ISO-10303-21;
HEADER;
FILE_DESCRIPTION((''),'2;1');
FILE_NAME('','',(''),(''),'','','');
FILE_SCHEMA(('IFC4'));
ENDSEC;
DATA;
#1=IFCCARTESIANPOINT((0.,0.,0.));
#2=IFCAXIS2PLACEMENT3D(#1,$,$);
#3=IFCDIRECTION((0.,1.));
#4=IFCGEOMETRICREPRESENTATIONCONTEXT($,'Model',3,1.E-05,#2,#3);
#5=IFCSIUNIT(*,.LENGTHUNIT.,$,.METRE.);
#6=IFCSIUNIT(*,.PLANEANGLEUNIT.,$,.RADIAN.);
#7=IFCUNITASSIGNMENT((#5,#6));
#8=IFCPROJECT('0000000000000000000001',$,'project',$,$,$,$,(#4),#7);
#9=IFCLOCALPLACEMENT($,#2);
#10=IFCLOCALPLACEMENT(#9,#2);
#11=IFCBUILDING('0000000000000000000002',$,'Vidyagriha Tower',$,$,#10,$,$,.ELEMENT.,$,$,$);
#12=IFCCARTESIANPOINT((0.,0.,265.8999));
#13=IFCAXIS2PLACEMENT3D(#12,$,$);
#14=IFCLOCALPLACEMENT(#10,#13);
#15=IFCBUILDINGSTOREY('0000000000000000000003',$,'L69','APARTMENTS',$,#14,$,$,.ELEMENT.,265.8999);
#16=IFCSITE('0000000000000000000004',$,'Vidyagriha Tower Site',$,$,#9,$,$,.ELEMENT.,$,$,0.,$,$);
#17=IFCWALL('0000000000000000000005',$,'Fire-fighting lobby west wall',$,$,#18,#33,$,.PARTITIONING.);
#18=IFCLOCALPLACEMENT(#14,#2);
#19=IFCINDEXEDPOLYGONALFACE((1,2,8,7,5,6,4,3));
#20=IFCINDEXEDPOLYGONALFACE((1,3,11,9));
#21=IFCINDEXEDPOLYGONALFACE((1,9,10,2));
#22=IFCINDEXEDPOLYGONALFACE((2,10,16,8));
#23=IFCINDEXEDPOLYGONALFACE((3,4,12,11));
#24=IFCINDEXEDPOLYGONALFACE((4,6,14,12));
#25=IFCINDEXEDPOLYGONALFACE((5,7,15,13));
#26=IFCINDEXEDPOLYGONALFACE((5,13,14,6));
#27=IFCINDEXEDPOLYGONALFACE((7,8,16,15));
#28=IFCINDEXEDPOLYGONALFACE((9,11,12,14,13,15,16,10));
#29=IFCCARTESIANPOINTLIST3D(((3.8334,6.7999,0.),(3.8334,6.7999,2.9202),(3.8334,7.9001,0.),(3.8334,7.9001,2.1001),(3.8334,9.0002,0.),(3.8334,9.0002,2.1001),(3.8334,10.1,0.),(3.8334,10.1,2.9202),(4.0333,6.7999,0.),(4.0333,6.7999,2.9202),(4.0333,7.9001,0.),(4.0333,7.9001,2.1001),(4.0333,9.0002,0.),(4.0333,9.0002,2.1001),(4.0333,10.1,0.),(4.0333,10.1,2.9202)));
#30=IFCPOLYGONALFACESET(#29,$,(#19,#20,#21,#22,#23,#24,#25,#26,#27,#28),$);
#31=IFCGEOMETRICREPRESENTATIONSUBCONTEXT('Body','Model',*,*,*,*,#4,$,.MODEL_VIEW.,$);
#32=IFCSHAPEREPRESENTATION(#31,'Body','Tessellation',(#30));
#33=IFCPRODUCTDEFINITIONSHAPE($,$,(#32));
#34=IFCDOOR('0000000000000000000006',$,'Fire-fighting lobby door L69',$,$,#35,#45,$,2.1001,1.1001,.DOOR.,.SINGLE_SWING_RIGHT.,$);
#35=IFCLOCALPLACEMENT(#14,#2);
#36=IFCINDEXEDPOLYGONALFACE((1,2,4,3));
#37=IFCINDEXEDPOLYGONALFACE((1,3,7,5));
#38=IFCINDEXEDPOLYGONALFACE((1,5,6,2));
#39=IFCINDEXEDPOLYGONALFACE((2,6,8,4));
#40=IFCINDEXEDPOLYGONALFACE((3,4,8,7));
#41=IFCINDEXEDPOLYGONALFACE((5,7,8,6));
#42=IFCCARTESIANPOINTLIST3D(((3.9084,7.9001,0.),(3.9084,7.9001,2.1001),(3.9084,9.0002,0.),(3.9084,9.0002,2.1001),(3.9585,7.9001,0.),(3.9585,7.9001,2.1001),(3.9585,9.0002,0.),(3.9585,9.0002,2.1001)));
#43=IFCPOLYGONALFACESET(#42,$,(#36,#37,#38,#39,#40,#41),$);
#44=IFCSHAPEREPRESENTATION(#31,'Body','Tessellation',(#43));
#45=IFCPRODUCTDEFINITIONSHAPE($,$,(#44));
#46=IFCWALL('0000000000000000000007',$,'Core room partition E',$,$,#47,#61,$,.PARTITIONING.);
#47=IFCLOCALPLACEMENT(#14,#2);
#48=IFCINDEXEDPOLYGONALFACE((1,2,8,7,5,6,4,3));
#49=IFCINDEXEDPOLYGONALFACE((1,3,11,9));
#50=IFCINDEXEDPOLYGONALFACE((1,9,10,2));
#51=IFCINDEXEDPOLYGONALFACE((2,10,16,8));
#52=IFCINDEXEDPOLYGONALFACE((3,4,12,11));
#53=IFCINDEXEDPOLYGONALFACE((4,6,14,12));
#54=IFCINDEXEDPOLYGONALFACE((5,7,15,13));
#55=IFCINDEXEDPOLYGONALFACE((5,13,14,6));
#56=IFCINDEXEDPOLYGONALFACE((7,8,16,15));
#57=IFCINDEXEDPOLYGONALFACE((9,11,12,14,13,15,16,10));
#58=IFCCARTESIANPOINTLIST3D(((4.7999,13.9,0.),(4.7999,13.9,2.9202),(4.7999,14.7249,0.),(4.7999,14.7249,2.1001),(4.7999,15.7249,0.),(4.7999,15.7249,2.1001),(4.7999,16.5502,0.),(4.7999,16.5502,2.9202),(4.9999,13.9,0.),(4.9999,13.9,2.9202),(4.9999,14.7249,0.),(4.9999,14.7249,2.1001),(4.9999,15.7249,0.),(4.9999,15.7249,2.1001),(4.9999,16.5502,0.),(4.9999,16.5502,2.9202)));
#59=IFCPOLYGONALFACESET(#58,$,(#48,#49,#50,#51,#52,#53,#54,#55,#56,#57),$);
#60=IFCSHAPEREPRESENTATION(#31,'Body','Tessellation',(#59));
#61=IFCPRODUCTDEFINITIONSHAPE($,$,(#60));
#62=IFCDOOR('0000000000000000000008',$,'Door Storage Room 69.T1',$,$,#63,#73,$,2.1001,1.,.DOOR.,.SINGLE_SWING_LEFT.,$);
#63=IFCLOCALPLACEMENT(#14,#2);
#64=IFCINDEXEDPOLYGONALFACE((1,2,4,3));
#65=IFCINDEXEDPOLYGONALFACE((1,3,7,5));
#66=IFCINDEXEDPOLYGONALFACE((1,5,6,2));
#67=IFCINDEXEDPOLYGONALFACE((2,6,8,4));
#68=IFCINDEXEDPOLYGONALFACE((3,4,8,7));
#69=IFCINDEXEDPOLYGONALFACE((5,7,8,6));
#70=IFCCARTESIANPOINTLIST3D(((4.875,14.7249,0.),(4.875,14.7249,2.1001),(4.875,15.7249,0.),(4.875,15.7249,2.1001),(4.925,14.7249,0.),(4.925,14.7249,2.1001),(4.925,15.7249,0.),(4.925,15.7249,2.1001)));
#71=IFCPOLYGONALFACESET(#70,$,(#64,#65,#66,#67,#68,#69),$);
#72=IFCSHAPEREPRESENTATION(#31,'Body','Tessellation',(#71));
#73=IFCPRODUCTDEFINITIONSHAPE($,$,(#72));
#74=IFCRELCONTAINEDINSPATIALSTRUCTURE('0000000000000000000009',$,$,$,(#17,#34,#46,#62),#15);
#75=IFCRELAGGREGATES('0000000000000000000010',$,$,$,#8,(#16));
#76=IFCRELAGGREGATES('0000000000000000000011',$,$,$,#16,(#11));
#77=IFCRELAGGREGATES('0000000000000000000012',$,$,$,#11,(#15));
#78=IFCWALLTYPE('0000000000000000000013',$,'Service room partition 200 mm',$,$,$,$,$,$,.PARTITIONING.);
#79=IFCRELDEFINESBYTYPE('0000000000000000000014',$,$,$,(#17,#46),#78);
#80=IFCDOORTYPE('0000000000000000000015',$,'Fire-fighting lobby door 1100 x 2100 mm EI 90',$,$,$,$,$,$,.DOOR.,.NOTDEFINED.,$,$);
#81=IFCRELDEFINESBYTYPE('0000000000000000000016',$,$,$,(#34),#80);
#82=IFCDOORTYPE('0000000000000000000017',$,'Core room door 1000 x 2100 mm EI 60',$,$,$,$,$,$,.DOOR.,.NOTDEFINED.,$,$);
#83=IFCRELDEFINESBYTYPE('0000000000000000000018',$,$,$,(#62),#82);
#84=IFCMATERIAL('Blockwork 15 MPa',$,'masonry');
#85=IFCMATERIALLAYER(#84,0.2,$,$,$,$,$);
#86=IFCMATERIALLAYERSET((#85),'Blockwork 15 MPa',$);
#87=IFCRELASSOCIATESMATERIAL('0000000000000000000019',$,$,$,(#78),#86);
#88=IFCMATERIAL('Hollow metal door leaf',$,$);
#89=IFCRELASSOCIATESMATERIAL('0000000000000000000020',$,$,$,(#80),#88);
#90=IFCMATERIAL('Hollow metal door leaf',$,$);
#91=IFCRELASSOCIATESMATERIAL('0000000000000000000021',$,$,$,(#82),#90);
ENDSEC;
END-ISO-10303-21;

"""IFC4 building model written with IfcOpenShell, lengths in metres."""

from ifc_helpers import new_model, si_unit, direction, frame, frame_2d, origin, place, context, subcontext, project, spatial, rectangle, extrude, material, layer, layer_set, type_object, element, fill, save


model = new_model("IFC4")

# Units and contexts
model_context = context("Model", 3, precision=1e-05, world=origin(), true_north=direction((0.0, 1.0)))
body_context = subcontext(model_context, "Body", "Model", "MODEL_VIEW")
ifc_project = project(units=[si_unit("LENGTHUNIT", "METRE"), si_unit("PLANEANGLEUNIT", "RADIAN")], contexts=[model_context])

# Site, building, storey
site_placement = place(None, origin())
site = spatial("IfcSite", under=ifc_project, at=site_placement, Name="Vidyagriha Tower Site", CompositionType="ELEMENT", RefElevation=0.0)
building_placement = place(site_placement, origin())
building = spatial("IfcBuilding", under=site, at=building_placement, Name="Vidyagriha Tower", CompositionType="ELEMENT")
storey_placement = place(building_placement, frame((0.0, 0.0, 265.8999)))
storey = spatial("IfcBuildingStorey", under=building, at=storey_placement, Name="L69", Description="APARTMENTS", CompositionType="ELEMENT", Elevation=265.8999)

# Walls, openings, doors
ifc_material_1 = material(Name="Blockwork 15 MPa", Category="masonry")
ifc_layer_1 = layer(ifc_material_1, 0.2)
ifc_layer_set_1 = layer_set([ifc_layer_1], Name="Blockwork 15 MPa")
wall_type_1 = type_object("IfcWallType", Name="Service room partition 200 mm", PredefinedType="PARTITIONING", material=ifc_layer_set_1)
wall_1_placement = place(storey_placement, frame((3.9333, 6.8, 0.0), z_axis=(0.0, 0.0, 1.0), x_axis=(0.0, 1.0, 0.0)))
wall_1 = element("IfcWall", 1, at=wall_1_placement, inside=storey, type_object=wall_type_1, Name="Fire-fighting lobby west wall", PredefinedType="PARTITIONING", context=body_context, shape_type="SweptSolid", body=[
    extrude(rectangle(XDim=3.3, YDim=0.2, at=frame_2d((1.6499, 0.0))), origin(), (0.0, 0.0, 1.0), 2.9202),
])
opening_1_placement = place(wall_1_placement, frame((1.1001, 0.0, 0.0)))
opening_1 = element("IfcOpeningElement", 2, at=opening_1_placement, cuts=wall_1, PredefinedType="OPENING", context=body_context, shape_type="SweptSolid", body=[
    extrude(rectangle(XDim=1.1001, YDim=2.1001, at=frame_2d((0.55, 1.05))), frame((0.0, 0.1099, 0.0), z_axis=(0.0, -1.0, 0.0), x_axis=(1.0, 0.0, 0.0)), (0.0, 0.0, 1.0), 0.22),
])
ifc_material_2 = material(Name="Hollow metal door leaf")
door_type_1 = type_object("IfcDoorType", Name="Fire-fighting lobby door 1100 x 2100 mm EI 90", OperationType="NOTDEFINED", PredefinedType="DOOR", material=ifc_material_2)
door_1_placement = place(opening_1_placement, origin())
door_1 = element("IfcDoor", 3, at=door_1_placement, inside=storey, type_object=door_type_1, Name="Fire-fighting lobby door L69", OperationType="SINGLE_SWING_RIGHT", OverallHeight=2.1001, OverallWidth=1.1001, PredefinedType="DOOR", context=body_context, shape_type="SweptSolid", body=[
    extrude(rectangle(XDim=1.1001, YDim=2.1001, at=frame_2d((0.55, 1.05))), frame((0.0, 0.0249, 0.0), z_axis=(0.0, -1.0, 0.0), x_axis=(1.0, 0.0, 0.0)), (0.0, 0.0, 1.0), 0.05),
])
fill(opening_1, door_1)
wall_2_placement = place(storey_placement, frame((4.8999, 13.8999, 0.0), z_axis=(0.0, 0.0, 1.0), x_axis=(0.0, 1.0, 0.0)))
wall_2 = element("IfcWall", 4, at=wall_2_placement, inside=storey, type_object=wall_type_1, Name="Core room partition E", PredefinedType="PARTITIONING", context=body_context, shape_type="SweptSolid", body=[
    extrude(rectangle(XDim=2.6501, YDim=0.2, at=frame_2d((1.3252, 0.0))), origin(), (0.0, 0.0, 1.0), 2.9202),
])
opening_2_placement = place(wall_2_placement, frame((0.825, 0.0, 0.0)))
opening_2 = element("IfcOpeningElement", 5, at=opening_2_placement, cuts=wall_2, PredefinedType="OPENING", context=body_context, shape_type="SweptSolid", body=[
    extrude(rectangle(XDim=1.0, YDim=2.1001, at=frame_2d((0.5, 1.05))), frame((0.0, 0.1099, 0.0), z_axis=(0.0, -1.0, 0.0), x_axis=(1.0, 0.0, 0.0)), (0.0, 0.0, 1.0), 0.22),
])
ifc_material_3 = material(Name="Hollow metal door leaf")
door_type_2 = type_object("IfcDoorType", Name="Core room door 1000 x 2100 mm EI 60", OperationType="NOTDEFINED", PredefinedType="DOOR", material=ifc_material_3)
door_2_placement = place(opening_2_placement, origin())
door_2 = element("IfcDoor", 6, at=door_2_placement, inside=storey, type_object=door_type_2, Name="Door Storage Room 69.T1", OperationType="SINGLE_SWING_LEFT", OverallHeight=2.1001, OverallWidth=1.0, PredefinedType="DOOR", context=body_context, shape_type="SweptSolid", body=[
    extrude(rectangle(XDim=1.0, YDim=2.1001, at=frame_2d((0.5, 1.05))), frame((0.0, 0.0249, 0.0), z_axis=(0.0, -1.0, 0.0), x_axis=(1.0, 0.0, 0.0)), (0.0, 0.0, 1.0), 0.05),
])
fill(opening_2, door_2)

save(model, "model.ifc")
